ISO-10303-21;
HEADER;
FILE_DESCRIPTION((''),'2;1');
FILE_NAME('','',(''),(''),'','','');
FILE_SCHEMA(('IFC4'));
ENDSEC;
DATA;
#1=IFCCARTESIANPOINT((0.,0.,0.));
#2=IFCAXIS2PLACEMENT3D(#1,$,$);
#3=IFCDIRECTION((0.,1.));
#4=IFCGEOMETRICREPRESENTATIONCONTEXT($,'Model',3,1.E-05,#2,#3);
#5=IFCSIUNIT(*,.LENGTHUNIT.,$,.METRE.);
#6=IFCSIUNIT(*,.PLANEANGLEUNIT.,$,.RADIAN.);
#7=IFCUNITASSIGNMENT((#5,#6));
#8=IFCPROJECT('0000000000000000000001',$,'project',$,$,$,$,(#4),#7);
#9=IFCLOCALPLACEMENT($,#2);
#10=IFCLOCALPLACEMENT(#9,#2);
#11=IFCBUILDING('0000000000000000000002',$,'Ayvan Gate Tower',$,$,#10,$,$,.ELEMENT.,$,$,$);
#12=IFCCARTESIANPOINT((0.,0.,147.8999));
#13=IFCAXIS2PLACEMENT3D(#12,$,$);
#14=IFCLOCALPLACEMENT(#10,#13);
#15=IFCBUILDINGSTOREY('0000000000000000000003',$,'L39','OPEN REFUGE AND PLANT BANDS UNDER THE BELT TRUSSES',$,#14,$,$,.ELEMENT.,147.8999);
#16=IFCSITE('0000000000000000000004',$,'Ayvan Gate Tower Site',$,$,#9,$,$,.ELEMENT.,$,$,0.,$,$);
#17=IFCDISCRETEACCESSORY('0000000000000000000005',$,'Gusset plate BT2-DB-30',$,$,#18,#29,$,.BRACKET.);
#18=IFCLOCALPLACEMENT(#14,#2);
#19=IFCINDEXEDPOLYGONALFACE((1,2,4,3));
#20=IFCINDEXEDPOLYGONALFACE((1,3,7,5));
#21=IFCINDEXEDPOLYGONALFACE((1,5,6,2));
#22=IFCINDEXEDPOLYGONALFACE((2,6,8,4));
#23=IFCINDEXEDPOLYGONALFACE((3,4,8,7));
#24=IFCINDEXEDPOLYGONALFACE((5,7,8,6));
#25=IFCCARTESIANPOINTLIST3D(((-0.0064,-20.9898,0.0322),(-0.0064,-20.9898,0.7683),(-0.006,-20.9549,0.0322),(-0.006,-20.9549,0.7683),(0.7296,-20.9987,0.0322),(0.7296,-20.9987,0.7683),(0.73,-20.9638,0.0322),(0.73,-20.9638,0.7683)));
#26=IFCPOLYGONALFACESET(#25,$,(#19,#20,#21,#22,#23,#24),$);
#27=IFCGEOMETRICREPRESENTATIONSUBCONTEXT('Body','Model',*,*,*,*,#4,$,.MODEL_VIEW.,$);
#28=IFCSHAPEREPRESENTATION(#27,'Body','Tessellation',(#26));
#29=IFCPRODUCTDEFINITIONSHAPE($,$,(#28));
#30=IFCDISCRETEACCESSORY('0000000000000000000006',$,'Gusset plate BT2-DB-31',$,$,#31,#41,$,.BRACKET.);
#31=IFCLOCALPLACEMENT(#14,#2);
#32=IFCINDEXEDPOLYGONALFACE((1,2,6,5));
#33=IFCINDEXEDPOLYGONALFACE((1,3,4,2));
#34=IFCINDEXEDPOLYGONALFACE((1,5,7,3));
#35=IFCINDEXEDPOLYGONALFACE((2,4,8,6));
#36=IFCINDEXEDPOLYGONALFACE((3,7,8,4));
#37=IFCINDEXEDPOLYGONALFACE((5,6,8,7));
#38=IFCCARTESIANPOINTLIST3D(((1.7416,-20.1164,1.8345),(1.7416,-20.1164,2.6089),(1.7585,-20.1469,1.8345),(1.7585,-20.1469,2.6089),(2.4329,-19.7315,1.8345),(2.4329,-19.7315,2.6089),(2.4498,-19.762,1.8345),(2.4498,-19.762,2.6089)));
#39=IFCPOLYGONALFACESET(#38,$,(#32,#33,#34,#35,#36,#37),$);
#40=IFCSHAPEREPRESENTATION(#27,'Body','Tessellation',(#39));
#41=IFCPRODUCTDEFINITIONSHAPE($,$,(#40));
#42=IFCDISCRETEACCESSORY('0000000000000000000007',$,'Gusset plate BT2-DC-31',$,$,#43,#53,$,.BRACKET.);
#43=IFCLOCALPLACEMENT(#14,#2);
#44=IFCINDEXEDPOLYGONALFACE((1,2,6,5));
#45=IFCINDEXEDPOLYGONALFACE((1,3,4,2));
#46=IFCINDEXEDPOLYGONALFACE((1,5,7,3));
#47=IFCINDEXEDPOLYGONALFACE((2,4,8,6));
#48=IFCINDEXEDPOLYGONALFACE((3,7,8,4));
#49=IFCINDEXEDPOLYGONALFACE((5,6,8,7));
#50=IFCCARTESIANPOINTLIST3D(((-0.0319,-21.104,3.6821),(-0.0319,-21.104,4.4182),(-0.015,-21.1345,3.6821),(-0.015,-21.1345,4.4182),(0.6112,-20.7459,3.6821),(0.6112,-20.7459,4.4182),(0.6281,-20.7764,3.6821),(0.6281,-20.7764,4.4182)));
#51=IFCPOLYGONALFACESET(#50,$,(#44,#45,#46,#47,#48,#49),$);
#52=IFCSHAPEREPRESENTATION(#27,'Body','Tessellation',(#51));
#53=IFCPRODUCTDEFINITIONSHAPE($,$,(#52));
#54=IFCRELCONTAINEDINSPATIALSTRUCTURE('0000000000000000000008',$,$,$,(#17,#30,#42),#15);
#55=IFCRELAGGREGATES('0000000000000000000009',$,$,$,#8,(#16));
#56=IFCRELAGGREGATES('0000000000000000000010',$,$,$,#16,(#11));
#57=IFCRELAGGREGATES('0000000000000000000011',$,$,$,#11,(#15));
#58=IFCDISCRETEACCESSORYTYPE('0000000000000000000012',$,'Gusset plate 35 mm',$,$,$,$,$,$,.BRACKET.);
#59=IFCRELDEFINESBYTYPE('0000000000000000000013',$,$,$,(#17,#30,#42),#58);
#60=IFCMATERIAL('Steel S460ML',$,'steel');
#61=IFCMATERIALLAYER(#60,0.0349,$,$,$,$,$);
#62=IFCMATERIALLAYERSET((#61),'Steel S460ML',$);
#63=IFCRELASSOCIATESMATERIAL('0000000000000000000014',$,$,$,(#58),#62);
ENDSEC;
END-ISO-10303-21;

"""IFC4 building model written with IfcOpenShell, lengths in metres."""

from ifc_helpers import new_model, si_unit, direction, frame, origin, origin_2d, place, context, subcontext, project, spatial, rectangle, extrude, material, layer, layer_set, type_object, element, save


model = new_model("IFC4")

# Units and contexts
model_context = context("Model", 3, precision=1e-05, world=origin(), true_north=direction((0.0, 1.0)))
body_context = subcontext(model_context, "Body", "Model", "MODEL_VIEW")
ifc_project = project(units=[si_unit("LENGTHUNIT", "METRE"), si_unit("PLANEANGLEUNIT", "RADIAN")], contexts=[model_context])

# Site, building, storey
site_placement = place(None, origin())
site = spatial("IfcSite", under=ifc_project, at=site_placement, Name="Ayvan Gate Tower Site", CompositionType="ELEMENT", RefElevation=0.0)
building_placement = place(site_placement, origin())
building = spatial("IfcBuilding", under=site, at=building_placement, Name="Ayvan Gate Tower", CompositionType="ELEMENT")
storey_placement = place(building_placement, frame((0.0, 0.0, 147.8999)))
storey = spatial("IfcBuildingStorey", under=building, at=storey_placement, Name="L39", Description="OPEN REFUGE AND PLANT BANDS UNDER THE BELT TRUSSES", CompositionType="ELEMENT", Elevation=147.8999)

# Shared definitions
ifc_material_1 = material(Name="Steel S460ML", Category="steel")

# Discrete accessories
ifc_layer_1 = layer(ifc_material_1, 0.0349)
ifc_layer_set_1 = layer_set([ifc_layer_1], Name="Steel S460ML")
discrete_accessory_type_1 = type_object("IfcDiscreteAccessoryType", Name="Gusset plate 35 mm", PredefinedType="BRACKET", material=ifc_layer_set_1)
discrete_accessory_1_placement = place(storey_placement, frame((0.3618, -20.9768, 0.0322), z_axis=(0.0, 0.0, 1.0), x_axis=(-0.999928, 0.012006, 0.0)))
element("IfcDiscreteAccessory", 1, at=discrete_accessory_1_placement, inside=storey, type_object=discrete_accessory_type_1, Name="Gusset plate BT2-DB-30", PredefinedType="BRACKET", context=body_context, shape_type="SweptSolid", body=[
    extrude(rectangle(XDim=0.7361, YDim=0.0349, at=origin_2d()), origin(), (0.0, 0.0, 1.0), 0.7361),
])
discrete_accessory_2_placement = place(storey_placement, frame((2.0957, -19.9392, 1.8345), z_axis=(0.0, 0.0, 1.0), x_axis=(0.873677, 0.486506, 0.0)))
element("IfcDiscreteAccessory", 2, at=discrete_accessory_2_placement, inside=storey, type_object=discrete_accessory_type_1, Name="Gusset plate BT2-DB-31", PredefinedType="BRACKET", context=body_context, shape_type="SweptSolid", body=[
    extrude(rectangle(XDim=0.7913, YDim=0.0349, at=origin_2d()), origin(), (0.0, 0.0, 1.0), 0.7744),
])
discrete_accessory_3_placement = place(storey_placement, frame((0.2981, -20.9402, 3.6821), z_axis=(0.0, 0.0, 1.0), x_axis=(0.873677, 0.486506, 0.0)))
element("IfcDiscreteAccessory", 3, at=discrete_accessory_3_placement, inside=storey, type_object=discrete_accessory_type_1, Name="Gusset plate BT2-DC-31", PredefinedType="BRACKET", context=body_context, shape_type="SweptSolid", body=[
    extrude(rectangle(XDim=0.7361, YDim=0.0349, at=origin_2d()), origin(), (0.0, 0.0, 1.0), 0.7361),
])

save(model, "model.ifc")
